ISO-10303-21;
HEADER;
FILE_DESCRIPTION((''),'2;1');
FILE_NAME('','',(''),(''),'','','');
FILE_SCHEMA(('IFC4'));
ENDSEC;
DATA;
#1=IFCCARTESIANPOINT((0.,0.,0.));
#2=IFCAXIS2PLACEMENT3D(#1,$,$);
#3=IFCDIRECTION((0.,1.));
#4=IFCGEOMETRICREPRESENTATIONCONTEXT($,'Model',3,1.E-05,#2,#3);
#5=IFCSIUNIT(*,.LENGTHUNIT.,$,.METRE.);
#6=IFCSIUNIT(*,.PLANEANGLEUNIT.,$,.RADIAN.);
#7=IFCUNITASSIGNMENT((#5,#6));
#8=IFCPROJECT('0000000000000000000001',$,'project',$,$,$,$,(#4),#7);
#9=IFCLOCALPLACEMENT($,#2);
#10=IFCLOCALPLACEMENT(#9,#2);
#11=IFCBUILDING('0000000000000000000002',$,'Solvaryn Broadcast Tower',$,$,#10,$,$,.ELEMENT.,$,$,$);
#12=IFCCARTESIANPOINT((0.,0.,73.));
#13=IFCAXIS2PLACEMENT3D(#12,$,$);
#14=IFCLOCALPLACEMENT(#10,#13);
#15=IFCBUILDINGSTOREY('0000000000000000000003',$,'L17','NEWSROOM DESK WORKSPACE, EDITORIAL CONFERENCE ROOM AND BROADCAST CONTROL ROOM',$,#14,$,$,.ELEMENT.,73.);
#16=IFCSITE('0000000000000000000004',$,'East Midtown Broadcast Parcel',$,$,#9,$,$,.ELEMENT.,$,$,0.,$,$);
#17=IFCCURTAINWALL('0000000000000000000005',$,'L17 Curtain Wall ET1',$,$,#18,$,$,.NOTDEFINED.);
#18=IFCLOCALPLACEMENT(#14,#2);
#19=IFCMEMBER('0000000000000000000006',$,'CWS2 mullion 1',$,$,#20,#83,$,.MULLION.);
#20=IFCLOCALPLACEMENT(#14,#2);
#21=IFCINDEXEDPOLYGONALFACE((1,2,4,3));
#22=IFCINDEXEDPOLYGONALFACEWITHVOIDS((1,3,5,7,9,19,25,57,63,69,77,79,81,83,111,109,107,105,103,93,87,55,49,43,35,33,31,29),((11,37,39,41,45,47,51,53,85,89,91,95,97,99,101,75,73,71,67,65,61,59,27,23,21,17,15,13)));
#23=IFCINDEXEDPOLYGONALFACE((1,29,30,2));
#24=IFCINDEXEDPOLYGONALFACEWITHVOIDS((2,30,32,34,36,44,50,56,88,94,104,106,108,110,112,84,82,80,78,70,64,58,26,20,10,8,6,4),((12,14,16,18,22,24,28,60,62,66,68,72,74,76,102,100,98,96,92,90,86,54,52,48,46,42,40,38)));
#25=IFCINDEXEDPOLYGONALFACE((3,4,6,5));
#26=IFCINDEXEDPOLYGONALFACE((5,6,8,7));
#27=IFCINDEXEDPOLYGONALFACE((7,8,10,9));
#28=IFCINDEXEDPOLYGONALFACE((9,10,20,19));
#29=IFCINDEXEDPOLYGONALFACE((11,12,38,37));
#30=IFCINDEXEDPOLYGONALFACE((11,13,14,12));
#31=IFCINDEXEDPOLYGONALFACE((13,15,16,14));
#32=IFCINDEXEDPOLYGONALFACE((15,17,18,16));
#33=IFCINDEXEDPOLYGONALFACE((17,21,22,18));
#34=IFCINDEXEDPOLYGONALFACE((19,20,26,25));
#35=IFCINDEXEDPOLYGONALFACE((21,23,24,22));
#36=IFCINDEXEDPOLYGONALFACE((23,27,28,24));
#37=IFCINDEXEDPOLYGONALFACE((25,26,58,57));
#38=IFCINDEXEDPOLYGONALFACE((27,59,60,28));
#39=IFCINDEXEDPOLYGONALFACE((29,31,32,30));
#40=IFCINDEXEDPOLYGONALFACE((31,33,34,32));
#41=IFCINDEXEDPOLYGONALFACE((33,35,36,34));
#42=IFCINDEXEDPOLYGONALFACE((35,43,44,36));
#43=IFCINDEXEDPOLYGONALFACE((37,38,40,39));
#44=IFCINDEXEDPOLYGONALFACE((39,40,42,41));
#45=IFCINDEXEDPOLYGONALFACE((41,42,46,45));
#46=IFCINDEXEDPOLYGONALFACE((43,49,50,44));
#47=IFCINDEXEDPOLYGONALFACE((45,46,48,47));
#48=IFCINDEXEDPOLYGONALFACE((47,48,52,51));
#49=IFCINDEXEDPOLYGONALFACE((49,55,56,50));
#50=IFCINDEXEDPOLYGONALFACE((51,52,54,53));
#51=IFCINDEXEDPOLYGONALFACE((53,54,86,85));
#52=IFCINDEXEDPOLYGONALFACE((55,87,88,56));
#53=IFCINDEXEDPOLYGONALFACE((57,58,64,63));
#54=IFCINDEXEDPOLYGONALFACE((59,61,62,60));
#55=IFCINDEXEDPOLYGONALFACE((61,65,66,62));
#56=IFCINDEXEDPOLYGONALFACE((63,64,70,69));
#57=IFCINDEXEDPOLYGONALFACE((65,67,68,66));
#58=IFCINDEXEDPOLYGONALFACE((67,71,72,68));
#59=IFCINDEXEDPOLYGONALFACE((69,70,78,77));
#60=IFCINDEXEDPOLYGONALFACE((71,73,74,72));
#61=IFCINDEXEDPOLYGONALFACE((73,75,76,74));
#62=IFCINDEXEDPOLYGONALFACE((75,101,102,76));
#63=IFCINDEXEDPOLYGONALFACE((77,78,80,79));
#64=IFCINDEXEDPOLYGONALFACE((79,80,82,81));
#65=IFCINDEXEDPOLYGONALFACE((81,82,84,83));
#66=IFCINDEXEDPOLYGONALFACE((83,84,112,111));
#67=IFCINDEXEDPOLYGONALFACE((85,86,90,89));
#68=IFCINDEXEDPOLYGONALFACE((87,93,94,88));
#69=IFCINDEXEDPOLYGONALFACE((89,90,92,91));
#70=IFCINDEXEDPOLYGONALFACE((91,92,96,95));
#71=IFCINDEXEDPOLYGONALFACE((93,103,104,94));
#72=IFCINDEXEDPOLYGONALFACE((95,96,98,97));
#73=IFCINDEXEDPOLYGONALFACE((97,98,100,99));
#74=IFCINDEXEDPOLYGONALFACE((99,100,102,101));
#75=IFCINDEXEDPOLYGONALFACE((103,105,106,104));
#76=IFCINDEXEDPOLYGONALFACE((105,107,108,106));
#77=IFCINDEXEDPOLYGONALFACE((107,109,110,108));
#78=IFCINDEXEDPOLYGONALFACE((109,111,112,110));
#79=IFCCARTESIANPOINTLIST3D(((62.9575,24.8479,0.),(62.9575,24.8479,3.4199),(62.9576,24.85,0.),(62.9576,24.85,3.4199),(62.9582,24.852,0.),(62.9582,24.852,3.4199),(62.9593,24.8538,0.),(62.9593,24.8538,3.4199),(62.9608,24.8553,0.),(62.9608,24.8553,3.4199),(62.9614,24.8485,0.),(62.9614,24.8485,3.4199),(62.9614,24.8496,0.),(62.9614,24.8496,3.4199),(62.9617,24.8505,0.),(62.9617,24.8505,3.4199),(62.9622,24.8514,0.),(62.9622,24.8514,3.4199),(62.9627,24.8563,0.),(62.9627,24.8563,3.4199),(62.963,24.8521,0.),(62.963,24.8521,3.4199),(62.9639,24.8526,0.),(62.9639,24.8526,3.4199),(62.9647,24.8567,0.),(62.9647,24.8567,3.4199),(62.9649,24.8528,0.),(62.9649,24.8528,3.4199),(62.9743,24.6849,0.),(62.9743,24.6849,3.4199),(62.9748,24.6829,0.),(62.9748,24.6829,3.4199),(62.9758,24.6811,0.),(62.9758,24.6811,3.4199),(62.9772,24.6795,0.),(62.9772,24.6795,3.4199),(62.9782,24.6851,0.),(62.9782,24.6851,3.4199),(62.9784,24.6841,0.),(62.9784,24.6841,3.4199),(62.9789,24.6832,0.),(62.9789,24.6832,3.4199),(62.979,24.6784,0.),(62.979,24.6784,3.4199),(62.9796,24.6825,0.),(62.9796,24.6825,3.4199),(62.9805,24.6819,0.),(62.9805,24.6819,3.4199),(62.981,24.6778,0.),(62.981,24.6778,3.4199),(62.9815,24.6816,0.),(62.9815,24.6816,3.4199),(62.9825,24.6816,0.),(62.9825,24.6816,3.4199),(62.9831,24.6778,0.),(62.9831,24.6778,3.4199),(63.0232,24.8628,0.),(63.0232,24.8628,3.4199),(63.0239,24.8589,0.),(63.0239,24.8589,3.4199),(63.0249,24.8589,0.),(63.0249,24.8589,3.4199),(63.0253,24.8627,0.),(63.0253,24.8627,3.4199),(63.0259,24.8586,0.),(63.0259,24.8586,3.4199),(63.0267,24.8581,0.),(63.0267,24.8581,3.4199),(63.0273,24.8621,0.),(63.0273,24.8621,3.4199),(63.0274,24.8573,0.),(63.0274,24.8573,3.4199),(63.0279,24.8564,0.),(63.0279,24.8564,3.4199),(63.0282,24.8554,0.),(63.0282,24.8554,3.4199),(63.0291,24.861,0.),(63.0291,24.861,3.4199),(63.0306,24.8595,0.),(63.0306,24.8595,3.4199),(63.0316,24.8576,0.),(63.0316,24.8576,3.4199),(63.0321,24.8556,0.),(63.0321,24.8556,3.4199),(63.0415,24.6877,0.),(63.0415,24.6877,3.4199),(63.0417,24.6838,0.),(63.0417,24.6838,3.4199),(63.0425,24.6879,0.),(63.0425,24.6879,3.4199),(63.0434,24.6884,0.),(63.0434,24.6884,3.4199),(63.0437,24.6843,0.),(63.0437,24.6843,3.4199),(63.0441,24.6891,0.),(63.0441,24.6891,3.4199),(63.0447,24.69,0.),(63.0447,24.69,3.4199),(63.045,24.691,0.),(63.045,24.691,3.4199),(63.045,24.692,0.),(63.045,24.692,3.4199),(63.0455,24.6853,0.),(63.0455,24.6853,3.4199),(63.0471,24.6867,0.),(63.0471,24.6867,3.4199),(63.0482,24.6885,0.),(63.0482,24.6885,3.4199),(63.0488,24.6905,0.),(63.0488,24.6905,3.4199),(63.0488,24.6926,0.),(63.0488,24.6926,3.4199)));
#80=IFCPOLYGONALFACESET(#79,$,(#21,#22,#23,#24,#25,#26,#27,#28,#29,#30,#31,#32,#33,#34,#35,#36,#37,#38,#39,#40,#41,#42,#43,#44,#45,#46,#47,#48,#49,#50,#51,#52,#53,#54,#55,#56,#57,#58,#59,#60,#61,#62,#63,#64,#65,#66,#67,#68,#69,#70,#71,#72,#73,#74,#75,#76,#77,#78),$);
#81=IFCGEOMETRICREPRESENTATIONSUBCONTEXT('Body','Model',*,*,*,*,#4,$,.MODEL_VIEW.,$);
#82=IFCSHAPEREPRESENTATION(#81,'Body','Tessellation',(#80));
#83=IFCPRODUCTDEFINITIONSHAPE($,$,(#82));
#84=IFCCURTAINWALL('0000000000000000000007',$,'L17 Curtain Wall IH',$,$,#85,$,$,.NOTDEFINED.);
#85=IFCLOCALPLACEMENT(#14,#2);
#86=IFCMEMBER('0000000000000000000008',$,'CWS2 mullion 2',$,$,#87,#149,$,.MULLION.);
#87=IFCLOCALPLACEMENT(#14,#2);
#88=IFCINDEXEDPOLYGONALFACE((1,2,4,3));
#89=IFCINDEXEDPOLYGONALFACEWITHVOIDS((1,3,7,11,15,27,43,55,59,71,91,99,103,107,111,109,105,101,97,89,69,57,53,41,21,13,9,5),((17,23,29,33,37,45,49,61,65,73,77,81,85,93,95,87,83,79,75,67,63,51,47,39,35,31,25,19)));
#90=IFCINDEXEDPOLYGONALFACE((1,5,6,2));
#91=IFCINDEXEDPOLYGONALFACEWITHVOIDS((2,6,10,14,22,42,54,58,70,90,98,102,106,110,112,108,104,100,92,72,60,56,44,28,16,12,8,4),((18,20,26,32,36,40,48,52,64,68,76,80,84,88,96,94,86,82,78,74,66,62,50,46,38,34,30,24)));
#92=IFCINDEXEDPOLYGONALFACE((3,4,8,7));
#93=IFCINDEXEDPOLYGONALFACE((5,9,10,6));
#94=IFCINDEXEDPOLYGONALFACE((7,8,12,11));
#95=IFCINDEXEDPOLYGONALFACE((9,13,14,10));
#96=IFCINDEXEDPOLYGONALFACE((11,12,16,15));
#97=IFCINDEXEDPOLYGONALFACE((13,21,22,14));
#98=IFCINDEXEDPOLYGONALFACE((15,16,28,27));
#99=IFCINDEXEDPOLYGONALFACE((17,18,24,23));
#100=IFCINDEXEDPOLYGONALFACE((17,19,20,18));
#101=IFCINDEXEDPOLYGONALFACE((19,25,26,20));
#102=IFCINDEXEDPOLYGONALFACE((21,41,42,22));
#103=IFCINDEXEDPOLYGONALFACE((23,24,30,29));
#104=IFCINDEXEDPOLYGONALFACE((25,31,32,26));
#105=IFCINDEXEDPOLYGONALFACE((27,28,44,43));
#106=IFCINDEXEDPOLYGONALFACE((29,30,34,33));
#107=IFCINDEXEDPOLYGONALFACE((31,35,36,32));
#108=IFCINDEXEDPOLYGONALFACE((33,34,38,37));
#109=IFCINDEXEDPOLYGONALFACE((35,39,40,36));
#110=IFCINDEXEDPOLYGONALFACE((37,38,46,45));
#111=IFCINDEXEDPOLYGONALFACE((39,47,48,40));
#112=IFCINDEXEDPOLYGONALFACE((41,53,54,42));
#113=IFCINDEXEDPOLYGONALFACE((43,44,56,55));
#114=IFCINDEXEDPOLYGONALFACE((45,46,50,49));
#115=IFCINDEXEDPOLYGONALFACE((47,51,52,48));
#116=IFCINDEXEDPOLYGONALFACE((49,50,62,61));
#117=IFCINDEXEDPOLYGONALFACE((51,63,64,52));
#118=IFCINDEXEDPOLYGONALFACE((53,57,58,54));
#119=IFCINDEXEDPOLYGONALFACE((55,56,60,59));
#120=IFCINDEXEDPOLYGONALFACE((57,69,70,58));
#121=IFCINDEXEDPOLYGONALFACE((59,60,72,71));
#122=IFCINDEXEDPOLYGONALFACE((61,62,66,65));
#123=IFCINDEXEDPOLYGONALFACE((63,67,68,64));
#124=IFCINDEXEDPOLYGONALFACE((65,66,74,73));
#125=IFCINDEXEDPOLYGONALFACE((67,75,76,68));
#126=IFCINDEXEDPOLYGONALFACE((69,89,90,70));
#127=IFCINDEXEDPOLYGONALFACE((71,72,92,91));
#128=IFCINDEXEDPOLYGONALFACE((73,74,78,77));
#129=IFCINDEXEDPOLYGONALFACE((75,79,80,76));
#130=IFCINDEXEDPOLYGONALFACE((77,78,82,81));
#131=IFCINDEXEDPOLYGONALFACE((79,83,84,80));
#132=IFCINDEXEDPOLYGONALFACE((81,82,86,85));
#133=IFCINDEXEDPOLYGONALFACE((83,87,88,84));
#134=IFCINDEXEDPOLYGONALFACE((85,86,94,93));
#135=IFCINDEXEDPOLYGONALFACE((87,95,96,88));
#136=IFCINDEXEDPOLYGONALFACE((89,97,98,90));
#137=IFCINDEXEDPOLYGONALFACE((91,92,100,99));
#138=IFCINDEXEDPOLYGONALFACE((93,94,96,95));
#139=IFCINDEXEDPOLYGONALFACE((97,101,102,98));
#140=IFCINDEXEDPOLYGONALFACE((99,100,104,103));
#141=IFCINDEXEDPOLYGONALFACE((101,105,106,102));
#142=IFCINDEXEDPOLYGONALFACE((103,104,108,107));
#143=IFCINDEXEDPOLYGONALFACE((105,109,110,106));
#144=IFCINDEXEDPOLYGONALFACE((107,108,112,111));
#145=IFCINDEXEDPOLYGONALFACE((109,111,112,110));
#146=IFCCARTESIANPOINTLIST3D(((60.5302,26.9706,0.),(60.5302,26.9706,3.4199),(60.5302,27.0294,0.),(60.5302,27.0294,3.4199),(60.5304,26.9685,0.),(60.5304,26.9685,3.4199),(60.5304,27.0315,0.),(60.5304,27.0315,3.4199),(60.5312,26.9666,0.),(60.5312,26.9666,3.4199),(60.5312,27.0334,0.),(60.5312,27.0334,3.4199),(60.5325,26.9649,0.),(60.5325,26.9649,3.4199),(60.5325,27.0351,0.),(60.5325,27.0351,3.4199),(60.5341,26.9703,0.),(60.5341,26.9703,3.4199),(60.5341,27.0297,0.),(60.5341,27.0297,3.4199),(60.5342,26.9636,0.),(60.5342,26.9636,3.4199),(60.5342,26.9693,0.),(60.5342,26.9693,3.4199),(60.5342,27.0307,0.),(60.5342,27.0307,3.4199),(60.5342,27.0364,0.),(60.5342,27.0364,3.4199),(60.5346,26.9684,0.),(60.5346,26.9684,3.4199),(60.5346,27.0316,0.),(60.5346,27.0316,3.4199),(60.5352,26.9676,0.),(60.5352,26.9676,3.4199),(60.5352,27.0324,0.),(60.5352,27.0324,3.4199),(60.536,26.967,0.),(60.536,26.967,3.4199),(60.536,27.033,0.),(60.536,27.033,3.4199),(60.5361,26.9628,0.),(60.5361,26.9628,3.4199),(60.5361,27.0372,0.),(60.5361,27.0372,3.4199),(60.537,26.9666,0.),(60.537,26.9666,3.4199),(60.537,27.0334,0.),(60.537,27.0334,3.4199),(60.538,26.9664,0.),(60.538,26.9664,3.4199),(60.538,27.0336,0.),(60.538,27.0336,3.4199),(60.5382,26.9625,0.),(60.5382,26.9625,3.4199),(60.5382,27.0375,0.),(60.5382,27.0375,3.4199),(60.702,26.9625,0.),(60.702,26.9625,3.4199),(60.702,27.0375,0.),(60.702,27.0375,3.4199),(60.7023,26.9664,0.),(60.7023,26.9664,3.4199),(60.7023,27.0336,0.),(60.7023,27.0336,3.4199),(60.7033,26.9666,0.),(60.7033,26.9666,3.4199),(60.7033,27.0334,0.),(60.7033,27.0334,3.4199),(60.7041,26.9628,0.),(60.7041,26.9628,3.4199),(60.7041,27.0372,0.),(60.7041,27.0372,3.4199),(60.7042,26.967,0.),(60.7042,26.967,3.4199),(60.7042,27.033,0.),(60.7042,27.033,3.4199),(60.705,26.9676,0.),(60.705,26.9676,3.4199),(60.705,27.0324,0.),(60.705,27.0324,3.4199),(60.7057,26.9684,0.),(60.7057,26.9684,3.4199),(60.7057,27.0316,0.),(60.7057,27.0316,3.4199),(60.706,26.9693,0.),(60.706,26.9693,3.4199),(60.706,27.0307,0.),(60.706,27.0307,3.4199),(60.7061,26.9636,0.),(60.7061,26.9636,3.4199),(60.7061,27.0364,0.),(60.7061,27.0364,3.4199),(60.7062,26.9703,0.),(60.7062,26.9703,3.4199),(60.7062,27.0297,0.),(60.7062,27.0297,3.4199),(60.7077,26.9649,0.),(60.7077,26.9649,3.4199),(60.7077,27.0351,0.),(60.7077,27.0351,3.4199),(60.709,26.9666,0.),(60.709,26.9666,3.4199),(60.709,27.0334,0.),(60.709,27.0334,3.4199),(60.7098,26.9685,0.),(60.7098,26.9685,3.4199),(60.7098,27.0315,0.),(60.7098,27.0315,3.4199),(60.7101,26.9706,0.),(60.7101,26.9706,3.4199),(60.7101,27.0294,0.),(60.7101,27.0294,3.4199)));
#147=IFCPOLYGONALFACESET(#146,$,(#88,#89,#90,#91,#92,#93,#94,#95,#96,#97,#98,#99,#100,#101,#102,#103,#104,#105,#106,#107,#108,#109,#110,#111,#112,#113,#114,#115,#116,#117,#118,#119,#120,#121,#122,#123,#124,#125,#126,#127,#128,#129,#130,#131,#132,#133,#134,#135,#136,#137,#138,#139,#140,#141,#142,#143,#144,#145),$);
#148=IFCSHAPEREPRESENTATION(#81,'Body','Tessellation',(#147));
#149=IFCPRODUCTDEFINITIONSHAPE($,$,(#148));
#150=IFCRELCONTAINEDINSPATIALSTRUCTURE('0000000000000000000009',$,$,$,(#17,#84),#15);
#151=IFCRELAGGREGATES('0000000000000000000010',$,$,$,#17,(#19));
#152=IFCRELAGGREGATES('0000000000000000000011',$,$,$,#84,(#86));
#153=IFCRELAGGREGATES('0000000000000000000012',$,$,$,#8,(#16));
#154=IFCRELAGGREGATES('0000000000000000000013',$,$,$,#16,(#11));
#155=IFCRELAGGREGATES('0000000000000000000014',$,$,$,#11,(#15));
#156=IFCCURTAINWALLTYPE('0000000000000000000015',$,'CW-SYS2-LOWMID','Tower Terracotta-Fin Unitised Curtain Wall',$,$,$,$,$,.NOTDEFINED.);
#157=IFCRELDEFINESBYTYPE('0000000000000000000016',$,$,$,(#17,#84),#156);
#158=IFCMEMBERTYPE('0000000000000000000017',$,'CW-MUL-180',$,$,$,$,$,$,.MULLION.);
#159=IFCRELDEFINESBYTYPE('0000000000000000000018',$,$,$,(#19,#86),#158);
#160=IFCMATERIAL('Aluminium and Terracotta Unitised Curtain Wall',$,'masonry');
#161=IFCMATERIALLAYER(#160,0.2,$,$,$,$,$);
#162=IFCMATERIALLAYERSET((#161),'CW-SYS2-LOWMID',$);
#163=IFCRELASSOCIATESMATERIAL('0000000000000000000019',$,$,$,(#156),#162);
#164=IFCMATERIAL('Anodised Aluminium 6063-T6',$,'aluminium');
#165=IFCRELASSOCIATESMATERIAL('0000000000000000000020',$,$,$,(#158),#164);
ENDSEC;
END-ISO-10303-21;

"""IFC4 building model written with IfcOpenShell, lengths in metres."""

from ifc_helpers import new_model, si_unit, direction, frame, origin, origin_2d, place, context, subcontext, project, spatial, hollow_rectangle, extrude, material, layer, layer_set, material_profile, profile_set, type_object, element, aggregate, save


model = new_model("IFC4")

# Units and contexts
model_context = context("Model", 3, precision=1e-05, world=origin(), true_north=direction((0.0, 1.0)))
body_context = subcontext(model_context, "Body", "Model", "MODEL_VIEW")
ifc_project = project(units=[si_unit("LENGTHUNIT", "METRE"), si_unit("PLANEANGLEUNIT", "RADIAN")], contexts=[model_context])

# Site, building, storey
site_placement = place(None, origin())
site = spatial("IfcSite", under=ifc_project, at=site_placement, Name="East Midtown Broadcast Parcel", CompositionType="ELEMENT", RefElevation=0.0)
building_placement = place(site_placement, origin())
building = spatial("IfcBuilding", under=site, at=building_placement, Name="Solvaryn Broadcast Tower", CompositionType="ELEMENT")
storey_placement = place(building_placement, frame((0.0, 0.0, 73.0)))
storey = spatial("IfcBuildingStorey", under=building, at=storey_placement, Name="L17", Description="NEWSROOM DESK WORKSPACE, EDITORIAL CONFERENCE ROOM AND BROADCAST CONTROL ROOM", CompositionType="ELEMENT", Elevation=73.0)

# Curtain walls, members
ifc_material_1 = material(Name="Aluminium and Terracotta Unitised Curtain Wall", Category="masonry")
ifc_layer_1 = layer(ifc_material_1, 0.2)
ifc_layer_set_1 = layer_set([ifc_layer_1], Name="CW-SYS2-LOWMID")
curtain_wall_type = type_object("IfcCurtainWallType", Name="CW-SYS2-LOWMID", Description="Tower Terracotta-Fin Unitised Curtain Wall", PredefinedType="NOTDEFINED", material=ifc_layer_set_1)
curtain_wall_1_placement = place(storey_placement, origin())
curtain_wall_1 = element("IfcCurtainWall", 1, at=curtain_wall_1_placement, inside=storey, type_object=curtain_wall_type, Name="L17 Curtain Wall ET1", PredefinedType="NOTDEFINED")
ifc_material_2 = material(Name="Anodised Aluminium 6063-T6", Category="aluminium")
ifc_material_profile_1 = material_profile(ifc_material_2, hollow_rectangle(XDim=0.075, YDim=0.1799, WallThickness=0.0039, InnerFilletRadius=0.0039, OuterFilletRadius=0.0081, at=origin_2d()))
ifc_profile_set_1 = profile_set([ifc_material_profile_1], Name="Anodised Aluminium 6063-T6")
member_type_1 = type_object("IfcMemberType", Name="CW-MUL-180", PredefinedType="MULLION", material=ifc_profile_set_1)
member_1_placement = place(storey_placement, frame((63.0032, 24.7703, 0.0), z_axis=(0.0, 0.0, 1.0), x_axis=(0.994743, 0.1024, 0.0)))
member_1 = element("IfcMember", 2, at=member_1_placement, type_object=member_type_1, Name="CWS2 mullion 1", PredefinedType="MULLION", context=body_context, shape_type="SweptSolid", body=[
    extrude(hollow_rectangle(XDim=0.075, YDim=0.1799, WallThickness=0.0039, InnerFilletRadius=0.0039, OuterFilletRadius=0.0081, at=origin_2d()), origin(), (0.0, 0.0, 1.0), 3.4199),
])
curtain_wall_2_placement = place(storey_placement, origin())
curtain_wall_2 = element("IfcCurtainWall", 3, at=curtain_wall_2_placement, inside=storey, type_object=curtain_wall_type, Name="L17 Curtain Wall IH", PredefinedType="NOTDEFINED")
member_2_placement = place(storey_placement, frame((60.6201, 27.0, 0.0), z_axis=(0.0, 0.0, 1.0), x_axis=(0.0, 1.0, 0.0)))
member_2 = element("IfcMember", 4, at=member_2_placement, type_object=member_type_1, Name="CWS2 mullion 2", PredefinedType="MULLION", context=body_context, shape_type="SweptSolid", body=[
    extrude(hollow_rectangle(XDim=0.075, YDim=0.1799, WallThickness=0.0039, InnerFilletRadius=0.0039, OuterFilletRadius=0.0081, at=origin_2d()), origin(), (0.0, 0.0, 1.0), 3.4199),
])

aggregate(curtain_wall_1, [member_1])
aggregate(curtain_wall_2, [member_2])

save(model, "model.ifc")
